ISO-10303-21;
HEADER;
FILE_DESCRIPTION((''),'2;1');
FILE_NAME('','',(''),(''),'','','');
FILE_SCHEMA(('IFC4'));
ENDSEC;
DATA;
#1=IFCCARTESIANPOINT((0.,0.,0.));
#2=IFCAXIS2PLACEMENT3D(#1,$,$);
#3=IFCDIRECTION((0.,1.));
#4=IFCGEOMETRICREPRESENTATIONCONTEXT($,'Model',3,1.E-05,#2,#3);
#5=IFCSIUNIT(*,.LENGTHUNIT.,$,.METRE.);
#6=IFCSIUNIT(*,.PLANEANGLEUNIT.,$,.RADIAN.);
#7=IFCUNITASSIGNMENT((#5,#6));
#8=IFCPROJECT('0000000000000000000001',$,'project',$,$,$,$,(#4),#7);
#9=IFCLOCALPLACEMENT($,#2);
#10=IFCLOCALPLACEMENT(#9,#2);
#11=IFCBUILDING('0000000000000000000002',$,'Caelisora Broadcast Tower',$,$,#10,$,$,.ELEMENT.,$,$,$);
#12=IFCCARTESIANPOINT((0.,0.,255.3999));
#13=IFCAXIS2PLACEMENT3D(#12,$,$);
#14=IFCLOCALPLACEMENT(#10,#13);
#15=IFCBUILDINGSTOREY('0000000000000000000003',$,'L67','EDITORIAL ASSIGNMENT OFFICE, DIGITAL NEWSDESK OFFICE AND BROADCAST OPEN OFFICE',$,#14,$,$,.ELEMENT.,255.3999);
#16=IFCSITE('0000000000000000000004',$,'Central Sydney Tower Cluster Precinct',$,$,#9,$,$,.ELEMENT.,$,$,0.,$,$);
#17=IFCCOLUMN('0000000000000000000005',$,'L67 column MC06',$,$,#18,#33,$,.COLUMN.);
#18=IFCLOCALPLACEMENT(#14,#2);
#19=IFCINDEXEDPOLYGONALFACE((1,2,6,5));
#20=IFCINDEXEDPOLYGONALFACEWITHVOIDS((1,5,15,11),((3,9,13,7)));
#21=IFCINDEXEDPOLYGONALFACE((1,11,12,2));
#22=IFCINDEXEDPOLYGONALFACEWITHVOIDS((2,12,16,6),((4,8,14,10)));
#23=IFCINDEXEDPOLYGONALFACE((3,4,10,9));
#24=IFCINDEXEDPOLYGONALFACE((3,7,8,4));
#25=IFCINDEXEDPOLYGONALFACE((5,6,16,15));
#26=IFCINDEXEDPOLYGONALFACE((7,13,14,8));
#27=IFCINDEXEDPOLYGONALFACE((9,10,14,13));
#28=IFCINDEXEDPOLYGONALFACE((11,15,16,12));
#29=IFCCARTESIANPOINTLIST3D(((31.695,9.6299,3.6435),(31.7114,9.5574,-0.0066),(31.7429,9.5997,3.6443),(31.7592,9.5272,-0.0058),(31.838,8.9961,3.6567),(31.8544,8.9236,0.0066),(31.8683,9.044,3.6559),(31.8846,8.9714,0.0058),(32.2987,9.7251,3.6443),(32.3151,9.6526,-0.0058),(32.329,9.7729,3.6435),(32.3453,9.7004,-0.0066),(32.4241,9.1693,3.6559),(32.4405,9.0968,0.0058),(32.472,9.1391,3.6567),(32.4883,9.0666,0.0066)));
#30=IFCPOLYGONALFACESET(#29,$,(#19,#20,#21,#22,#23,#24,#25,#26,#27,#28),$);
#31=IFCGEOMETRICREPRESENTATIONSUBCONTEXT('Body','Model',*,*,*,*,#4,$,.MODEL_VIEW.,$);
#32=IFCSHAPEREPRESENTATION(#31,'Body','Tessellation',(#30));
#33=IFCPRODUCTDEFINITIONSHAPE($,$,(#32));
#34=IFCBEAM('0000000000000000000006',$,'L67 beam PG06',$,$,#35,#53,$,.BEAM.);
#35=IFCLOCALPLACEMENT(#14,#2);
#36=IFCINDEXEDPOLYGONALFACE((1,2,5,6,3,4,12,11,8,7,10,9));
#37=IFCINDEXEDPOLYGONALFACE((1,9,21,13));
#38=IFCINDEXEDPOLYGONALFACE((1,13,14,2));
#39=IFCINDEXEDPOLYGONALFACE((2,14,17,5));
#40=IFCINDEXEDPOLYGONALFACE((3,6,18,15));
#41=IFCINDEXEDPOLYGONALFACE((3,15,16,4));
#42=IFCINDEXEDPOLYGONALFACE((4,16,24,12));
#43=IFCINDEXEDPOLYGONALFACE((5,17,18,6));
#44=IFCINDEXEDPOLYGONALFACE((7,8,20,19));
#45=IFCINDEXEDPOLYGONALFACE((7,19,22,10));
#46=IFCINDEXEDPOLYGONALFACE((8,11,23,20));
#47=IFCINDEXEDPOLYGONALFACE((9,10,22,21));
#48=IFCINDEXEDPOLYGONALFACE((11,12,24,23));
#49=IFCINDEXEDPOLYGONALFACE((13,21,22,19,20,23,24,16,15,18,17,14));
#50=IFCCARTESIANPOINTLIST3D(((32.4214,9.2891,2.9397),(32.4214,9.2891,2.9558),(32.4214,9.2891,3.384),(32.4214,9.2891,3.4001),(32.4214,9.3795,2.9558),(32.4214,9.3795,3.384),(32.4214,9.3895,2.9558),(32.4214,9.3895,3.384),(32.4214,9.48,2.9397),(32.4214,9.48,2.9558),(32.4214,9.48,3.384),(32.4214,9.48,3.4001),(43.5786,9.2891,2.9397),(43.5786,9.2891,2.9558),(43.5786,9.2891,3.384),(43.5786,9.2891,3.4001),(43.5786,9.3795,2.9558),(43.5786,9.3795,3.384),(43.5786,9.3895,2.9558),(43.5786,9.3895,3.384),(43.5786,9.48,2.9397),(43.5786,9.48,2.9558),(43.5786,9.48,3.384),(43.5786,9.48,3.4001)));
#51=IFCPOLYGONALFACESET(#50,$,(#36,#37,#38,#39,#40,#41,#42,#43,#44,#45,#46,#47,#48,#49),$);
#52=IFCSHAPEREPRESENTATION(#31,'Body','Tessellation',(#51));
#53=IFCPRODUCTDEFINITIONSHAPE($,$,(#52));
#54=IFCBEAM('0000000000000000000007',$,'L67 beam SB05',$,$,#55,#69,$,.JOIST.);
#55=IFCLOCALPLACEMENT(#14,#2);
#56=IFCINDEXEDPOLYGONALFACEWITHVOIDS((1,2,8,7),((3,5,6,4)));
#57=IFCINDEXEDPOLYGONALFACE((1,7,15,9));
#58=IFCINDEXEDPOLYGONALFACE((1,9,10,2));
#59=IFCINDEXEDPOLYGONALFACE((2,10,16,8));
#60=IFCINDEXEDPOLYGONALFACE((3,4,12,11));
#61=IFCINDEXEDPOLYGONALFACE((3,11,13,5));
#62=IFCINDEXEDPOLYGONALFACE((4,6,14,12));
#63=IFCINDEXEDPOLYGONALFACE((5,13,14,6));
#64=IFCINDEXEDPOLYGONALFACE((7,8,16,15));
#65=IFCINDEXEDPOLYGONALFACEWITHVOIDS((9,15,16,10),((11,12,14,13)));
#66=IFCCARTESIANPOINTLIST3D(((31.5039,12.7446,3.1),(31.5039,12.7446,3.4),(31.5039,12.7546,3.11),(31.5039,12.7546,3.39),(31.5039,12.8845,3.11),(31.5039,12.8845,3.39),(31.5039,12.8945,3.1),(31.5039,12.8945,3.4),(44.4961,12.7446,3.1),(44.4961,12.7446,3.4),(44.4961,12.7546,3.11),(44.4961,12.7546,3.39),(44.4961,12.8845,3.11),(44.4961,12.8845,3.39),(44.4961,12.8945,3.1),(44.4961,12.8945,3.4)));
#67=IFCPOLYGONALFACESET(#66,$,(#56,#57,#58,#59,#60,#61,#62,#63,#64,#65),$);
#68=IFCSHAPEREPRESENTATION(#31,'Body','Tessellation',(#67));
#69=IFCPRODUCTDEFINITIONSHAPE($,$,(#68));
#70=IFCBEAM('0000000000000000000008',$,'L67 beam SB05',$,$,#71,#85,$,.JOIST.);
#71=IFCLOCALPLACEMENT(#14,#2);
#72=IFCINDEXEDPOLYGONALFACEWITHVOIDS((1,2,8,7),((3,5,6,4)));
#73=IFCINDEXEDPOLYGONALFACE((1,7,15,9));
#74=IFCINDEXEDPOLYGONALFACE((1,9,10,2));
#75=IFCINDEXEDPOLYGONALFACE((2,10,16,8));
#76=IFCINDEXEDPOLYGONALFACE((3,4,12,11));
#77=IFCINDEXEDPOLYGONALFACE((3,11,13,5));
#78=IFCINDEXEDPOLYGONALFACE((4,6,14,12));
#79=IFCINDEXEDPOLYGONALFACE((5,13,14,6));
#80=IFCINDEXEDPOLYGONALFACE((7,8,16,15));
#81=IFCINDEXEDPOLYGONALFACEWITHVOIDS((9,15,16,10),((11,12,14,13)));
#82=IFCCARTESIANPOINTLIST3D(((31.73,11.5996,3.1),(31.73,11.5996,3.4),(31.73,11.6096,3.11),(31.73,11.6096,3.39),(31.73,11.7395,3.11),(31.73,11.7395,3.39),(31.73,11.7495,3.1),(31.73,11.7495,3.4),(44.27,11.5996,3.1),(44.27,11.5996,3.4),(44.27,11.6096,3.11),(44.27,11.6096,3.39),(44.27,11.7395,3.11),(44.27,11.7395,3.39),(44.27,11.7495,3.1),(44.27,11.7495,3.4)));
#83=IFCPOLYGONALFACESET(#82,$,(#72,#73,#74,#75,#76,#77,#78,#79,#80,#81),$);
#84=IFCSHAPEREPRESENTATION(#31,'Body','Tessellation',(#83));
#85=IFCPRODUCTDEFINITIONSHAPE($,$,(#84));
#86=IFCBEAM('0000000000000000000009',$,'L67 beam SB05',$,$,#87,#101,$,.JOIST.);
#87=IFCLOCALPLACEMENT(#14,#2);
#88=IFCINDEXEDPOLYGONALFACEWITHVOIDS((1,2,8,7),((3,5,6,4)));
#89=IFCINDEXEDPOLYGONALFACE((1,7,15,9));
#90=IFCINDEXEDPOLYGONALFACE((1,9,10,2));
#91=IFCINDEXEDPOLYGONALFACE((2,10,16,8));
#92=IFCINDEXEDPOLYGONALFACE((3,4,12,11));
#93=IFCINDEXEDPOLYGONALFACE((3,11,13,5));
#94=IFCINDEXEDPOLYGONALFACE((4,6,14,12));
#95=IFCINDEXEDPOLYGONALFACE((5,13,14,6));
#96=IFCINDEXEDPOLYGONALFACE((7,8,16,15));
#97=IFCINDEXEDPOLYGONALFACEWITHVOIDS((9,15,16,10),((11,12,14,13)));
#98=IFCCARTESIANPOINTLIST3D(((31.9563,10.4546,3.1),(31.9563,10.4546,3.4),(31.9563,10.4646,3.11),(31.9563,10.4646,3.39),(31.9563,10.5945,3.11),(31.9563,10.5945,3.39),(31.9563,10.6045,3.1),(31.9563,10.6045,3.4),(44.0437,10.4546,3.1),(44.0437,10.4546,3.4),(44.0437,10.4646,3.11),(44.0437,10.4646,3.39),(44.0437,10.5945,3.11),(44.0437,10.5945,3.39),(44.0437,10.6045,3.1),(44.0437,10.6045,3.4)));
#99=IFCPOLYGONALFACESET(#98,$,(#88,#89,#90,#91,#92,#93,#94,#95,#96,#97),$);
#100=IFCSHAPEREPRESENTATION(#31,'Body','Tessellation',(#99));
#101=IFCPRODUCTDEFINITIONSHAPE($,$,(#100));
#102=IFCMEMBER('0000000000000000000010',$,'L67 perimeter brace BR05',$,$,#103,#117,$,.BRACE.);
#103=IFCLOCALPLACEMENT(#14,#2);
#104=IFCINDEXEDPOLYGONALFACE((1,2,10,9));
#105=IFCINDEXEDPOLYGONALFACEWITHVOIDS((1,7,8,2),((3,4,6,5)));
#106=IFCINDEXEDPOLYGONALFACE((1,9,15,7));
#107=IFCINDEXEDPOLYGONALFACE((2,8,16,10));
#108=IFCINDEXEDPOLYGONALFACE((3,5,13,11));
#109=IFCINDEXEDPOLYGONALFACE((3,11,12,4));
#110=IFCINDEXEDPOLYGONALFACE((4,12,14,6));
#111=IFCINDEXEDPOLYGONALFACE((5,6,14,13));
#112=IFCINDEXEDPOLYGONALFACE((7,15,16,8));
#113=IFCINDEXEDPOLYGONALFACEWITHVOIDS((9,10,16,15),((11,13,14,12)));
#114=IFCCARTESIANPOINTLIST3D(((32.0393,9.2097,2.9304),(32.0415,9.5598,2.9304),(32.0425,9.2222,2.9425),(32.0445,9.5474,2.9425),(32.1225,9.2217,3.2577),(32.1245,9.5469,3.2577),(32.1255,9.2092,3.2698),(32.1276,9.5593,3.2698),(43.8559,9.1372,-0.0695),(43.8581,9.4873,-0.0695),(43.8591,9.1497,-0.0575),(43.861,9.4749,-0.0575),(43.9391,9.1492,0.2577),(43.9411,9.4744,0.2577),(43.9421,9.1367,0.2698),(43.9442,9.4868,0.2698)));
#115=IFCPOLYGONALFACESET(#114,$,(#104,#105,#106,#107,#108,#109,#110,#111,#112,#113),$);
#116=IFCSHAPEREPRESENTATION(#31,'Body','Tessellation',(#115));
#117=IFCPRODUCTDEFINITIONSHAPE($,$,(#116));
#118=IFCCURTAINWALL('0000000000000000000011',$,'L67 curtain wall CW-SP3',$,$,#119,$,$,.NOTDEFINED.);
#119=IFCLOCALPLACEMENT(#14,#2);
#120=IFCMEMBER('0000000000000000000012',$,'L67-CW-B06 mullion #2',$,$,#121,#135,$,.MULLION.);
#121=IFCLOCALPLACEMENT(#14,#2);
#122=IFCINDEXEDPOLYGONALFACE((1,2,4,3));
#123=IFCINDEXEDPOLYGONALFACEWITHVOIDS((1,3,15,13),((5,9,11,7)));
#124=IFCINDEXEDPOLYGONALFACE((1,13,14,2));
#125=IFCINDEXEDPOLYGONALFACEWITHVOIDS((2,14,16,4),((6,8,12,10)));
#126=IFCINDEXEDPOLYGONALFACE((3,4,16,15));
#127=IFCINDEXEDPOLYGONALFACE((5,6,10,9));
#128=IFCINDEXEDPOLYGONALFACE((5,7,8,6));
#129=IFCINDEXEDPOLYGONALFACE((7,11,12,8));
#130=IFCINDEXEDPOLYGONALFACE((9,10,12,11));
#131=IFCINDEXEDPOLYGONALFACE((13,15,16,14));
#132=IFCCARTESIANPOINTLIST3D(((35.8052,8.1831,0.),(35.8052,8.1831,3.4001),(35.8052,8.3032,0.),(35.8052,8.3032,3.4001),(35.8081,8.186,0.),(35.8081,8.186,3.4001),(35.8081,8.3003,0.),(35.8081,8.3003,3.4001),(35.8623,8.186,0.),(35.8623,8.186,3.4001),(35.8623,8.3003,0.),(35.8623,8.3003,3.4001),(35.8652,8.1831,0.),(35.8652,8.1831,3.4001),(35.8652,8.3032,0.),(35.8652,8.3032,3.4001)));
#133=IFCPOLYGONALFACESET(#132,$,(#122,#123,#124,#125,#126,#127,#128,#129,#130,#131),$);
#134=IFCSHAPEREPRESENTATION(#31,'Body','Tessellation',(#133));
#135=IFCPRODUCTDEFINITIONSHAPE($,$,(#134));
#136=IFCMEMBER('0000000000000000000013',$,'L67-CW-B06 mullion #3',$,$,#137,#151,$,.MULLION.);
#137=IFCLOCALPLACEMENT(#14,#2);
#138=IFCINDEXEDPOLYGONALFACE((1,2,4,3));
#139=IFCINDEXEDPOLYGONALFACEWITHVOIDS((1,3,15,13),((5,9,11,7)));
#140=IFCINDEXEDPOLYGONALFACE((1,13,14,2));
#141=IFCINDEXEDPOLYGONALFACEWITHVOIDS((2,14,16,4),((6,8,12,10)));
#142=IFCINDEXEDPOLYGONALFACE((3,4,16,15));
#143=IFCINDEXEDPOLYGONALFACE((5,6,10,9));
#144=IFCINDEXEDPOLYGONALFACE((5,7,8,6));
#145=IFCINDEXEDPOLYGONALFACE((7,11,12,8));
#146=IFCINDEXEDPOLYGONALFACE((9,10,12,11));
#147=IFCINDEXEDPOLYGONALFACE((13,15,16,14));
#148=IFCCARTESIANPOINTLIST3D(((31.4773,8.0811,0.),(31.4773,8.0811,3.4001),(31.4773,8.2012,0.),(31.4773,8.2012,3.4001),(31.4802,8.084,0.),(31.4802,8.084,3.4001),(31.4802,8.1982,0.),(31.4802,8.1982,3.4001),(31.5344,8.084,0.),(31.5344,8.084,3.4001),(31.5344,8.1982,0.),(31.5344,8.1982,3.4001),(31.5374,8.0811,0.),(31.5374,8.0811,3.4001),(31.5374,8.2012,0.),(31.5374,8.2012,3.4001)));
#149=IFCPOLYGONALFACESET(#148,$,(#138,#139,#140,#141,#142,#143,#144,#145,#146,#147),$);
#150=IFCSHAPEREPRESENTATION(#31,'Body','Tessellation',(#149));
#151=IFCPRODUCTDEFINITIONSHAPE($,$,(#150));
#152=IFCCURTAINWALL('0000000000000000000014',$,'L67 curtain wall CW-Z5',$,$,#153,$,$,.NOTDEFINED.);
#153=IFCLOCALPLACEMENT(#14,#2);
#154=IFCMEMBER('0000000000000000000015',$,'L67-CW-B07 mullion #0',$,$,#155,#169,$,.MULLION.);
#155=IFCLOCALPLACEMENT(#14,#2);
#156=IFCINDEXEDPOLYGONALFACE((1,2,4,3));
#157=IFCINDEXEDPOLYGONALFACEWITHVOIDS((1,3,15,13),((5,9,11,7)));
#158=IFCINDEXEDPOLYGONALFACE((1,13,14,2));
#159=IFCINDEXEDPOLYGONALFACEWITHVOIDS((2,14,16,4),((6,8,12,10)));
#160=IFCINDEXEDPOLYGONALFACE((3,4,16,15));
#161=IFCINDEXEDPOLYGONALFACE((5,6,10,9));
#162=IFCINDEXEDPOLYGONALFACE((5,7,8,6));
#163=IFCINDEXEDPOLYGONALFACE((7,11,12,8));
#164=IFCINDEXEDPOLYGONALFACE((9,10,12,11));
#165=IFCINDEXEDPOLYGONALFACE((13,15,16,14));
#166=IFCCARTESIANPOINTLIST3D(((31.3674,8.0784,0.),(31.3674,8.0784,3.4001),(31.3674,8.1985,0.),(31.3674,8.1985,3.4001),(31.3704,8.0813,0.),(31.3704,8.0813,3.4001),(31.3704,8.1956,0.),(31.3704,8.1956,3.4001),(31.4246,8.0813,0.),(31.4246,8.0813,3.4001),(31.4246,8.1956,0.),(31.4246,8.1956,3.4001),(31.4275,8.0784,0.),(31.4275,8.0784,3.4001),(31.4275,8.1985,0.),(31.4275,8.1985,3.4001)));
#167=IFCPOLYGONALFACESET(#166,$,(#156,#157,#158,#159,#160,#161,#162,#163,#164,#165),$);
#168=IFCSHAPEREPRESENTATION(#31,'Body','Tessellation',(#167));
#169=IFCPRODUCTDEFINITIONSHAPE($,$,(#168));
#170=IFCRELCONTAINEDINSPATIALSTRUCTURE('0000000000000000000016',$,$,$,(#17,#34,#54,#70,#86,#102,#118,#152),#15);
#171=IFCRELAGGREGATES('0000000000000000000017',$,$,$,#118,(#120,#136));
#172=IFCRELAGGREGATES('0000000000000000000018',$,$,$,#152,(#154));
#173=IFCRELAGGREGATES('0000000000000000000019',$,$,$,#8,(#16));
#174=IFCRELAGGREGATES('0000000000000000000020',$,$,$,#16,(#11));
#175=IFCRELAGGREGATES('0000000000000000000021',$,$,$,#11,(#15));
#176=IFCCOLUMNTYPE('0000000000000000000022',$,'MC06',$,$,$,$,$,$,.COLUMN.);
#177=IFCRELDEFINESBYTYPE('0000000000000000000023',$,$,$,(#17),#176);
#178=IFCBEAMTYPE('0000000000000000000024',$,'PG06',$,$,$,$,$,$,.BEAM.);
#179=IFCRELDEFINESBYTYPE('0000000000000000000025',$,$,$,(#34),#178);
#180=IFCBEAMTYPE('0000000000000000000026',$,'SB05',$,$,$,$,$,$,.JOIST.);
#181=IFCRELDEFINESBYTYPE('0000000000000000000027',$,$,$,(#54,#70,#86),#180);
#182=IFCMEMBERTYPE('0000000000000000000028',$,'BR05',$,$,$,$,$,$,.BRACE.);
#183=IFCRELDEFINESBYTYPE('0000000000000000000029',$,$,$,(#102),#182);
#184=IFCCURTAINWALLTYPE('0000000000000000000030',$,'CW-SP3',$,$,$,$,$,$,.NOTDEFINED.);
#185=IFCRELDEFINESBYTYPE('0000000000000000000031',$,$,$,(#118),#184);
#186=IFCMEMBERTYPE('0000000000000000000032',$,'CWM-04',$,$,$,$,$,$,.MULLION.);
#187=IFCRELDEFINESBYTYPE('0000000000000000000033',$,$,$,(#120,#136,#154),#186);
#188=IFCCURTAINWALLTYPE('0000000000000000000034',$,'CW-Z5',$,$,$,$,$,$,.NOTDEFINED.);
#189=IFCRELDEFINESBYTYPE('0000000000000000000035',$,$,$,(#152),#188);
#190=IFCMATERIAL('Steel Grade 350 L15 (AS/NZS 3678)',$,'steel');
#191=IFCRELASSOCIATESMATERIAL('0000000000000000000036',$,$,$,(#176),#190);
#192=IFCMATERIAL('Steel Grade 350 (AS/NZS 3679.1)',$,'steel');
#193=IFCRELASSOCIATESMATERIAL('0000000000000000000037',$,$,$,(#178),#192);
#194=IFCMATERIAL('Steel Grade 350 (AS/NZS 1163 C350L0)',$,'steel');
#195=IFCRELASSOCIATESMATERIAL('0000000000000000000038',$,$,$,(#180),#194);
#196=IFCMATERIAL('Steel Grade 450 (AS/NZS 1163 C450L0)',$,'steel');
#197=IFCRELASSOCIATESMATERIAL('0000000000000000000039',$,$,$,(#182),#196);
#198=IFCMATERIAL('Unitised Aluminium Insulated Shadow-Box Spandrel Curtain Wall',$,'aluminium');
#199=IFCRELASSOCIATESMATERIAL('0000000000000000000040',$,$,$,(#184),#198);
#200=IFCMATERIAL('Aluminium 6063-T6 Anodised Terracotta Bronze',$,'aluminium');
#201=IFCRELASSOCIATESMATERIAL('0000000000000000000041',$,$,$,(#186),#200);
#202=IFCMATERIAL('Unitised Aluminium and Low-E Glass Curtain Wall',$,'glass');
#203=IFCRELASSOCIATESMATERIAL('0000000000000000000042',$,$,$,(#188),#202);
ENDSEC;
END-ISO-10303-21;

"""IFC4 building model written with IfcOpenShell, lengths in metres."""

from ifc_helpers import new_model, si_unit, direction, frame, origin, origin_2d, place, context, subcontext, project, spatial, hollow_rectangle, i_section, extrude, source, transform, mapped, material, material_profile, profile_set, type_object, type_shapes, element, aggregate, save


model = new_model("IFC4")

# Units and contexts
model_context = context("Model", 3, precision=1e-05, world=origin(), true_north=direction((0.0, 1.0)))
body_context = subcontext(model_context, "Body", "Model", "MODEL_VIEW")
ifc_project = project(units=[si_unit("LENGTHUNIT", "METRE"), si_unit("PLANEANGLEUNIT", "RADIAN")], contexts=[model_context])

# Site, building, storey
site_placement = place(None, origin())
site = spatial("IfcSite", under=ifc_project, at=site_placement, Name="Central Sydney Tower Cluster Precinct", CompositionType="ELEMENT", RefElevation=0.0)
building_placement = place(site_placement, origin())
building = spatial("IfcBuilding", under=site, at=building_placement, Name="Caelisora Broadcast Tower", CompositionType="ELEMENT")
storey_placement = place(building_placement, frame((0.0, 0.0, 255.3999)))
storey = spatial("IfcBuildingStorey", under=building, at=storey_placement, Name="L67", Description="EDITORIAL ASSIGNMENT OFFICE, DIGITAL NEWSDESK OFFICE AND BROADCAST OPEN OFFICE", CompositionType="ELEMENT", Elevation=255.3999)

# Column
ifc_material_1 = material(Name="Steel Grade 350 L15 (AS/NZS 3678)", Category="steel")
ifc_material_profile_1 = material_profile(ifc_material_1, hollow_rectangle(XDim=0.6499, YDim=0.6499, WallThickness=0.04, at=origin_2d()), Name="Steel Grade 350 L15 (AS/NZS 3678)")
ifc_profile_set_1 = profile_set([ifc_material_profile_1], Name="Steel Grade 350 L15 (AS/NZS 3678)")
column_type = type_object("IfcColumnType", Name="MC06", PredefinedType="COLUMN", material=ifc_profile_set_1)
shared_shape_1 = source(origin(), body_context, "Body", "SweptSolid", [
    extrude(hollow_rectangle(XDim=0.6499, YDim=0.6499, WallThickness=0.04, at=origin_2d()), origin(), (0.0, 0.0, 1.0), 3.6509),
])
type_shapes(column_type, [shared_shape_1])
column_placement = place(storey_placement, frame((32.0999, 9.312, 0.0), z_axis=(-0.00448, 0.019861, 0.999793), x_axis=(-0.975487, -0.220059, 0.0)))
element("IfcColumn", 1, at=column_placement, inside=storey, type_object=column_type, Name="L67 column MC06", PredefinedType="COLUMN", context=body_context, shape_type="MappedRepresentation", body=[
    mapped(shared_shape_1, transform((0.0, 0.0, 0.0), scale=1.0)),
])

# Beams
ifc_material_2 = material(Name="Steel Grade 350 (AS/NZS 3679.1)", Category="steel")
ifc_material_profile_2 = material_profile(ifc_material_2, i_section(OverallWidth=0.1909, OverallDepth=0.4604, WebThickness=0.01, FlangeThickness=0.0161, at=origin_2d()), Name="Steel Grade 350 (AS/NZS 3679.1)")
ifc_profile_set_2 = profile_set([ifc_material_profile_2], Name="Steel Grade 350 (AS/NZS 3679.1)")
beam_type_1 = type_object("IfcBeamType", Name="PG06", PredefinedType="BEAM", material=ifc_profile_set_2)
shared_shape_2 = source(origin(), body_context, "Body", "SweptSolid", [
    extrude(i_section(OverallWidth=0.1909, OverallDepth=0.4604, WebThickness=0.01, FlangeThickness=0.0161, at=origin_2d()), origin(), (0.0, 0.0, 1.0), 11.1572),
])
type_shapes(beam_type_1, [shared_shape_2])
beam_1_placement = place(storey_placement, frame((32.4214, 9.3845, 3.1699), z_axis=(1.0, 0.0, 0.0), x_axis=(0.0, 1.0, 0.0)))
element("IfcBeam", 2, at=beam_1_placement, inside=storey, type_object=beam_type_1, Name="L67 beam PG06", PredefinedType="BEAM", context=body_context, shape_type="MappedRepresentation", body=[
    mapped(shared_shape_2, transform((0.0, 0.0, 0.0), scale=1.0)),
])
ifc_material_3 = material(Name="Steel Grade 350 (AS/NZS 1163 C350L0)", Category="steel")
ifc_material_profile_3 = material_profile(ifc_material_3, hollow_rectangle(XDim=0.1499, YDim=0.3, WallThickness=0.01, at=origin_2d()), Name="Steel Grade 350 (AS/NZS 1163 C350L0)")
ifc_profile_set_3 = profile_set([ifc_material_profile_3], Name="Steel Grade 350 (AS/NZS 1163 C350L0)")
beam_type_2 = type_object("IfcBeamType", Name="SB05", PredefinedType="JOIST", material=ifc_profile_set_3)
shared_shape_3 = source(origin(), body_context, "Body", "SweptSolid", [
    extrude(hollow_rectangle(XDim=0.1499, YDim=0.3, WallThickness=0.01, at=origin_2d()), origin(), (0.0, 0.0, 1.0), 12.9922),
])
beam_2_placement = place(storey_placement, frame((31.5039, 12.8196, 3.25), z_axis=(1.0, 0.0, 0.0), x_axis=(0.0, 1.0, 0.0)))
element("IfcBeam", 3, at=beam_2_placement, inside=storey, type_object=beam_type_2, Name="L67 beam SB05", PredefinedType="JOIST", context=body_context, shape_type="MappedRepresentation", body=[
    mapped(shared_shape_3, transform((0.0, 0.0, 0.0), scale=1.0)),
])
shared_shape_4 = source(origin(), body_context, "Body", "SweptSolid", [
    extrude(hollow_rectangle(XDim=0.1499, YDim=0.3, WallThickness=0.01, at=origin_2d()), origin(), (0.0, 0.0, 1.0), 12.54),
])
beam_3_placement = place(storey_placement, frame((31.73, 11.6746, 3.25), z_axis=(1.0, 0.0, 0.0), x_axis=(0.0, 1.0, 0.0)))
element("IfcBeam", 4, at=beam_3_placement, inside=storey, type_object=beam_type_2, Name="L67 beam SB05", PredefinedType="JOIST", context=body_context, shape_type="MappedRepresentation", body=[
    mapped(shared_shape_4, transform((0.0, 0.0, 0.0), scale=1.0)),
])
shared_shape_5 = source(origin(), body_context, "Body", "SweptSolid", [
    extrude(hollow_rectangle(XDim=0.1499, YDim=0.3, WallThickness=0.01, at=origin_2d()), origin(), (0.0, 0.0, 1.0), 12.0874),
])
type_shapes(beam_type_2, [shared_shape_3, shared_shape_4, shared_shape_5])
beam_4_placement = place(storey_placement, frame((31.9563, 10.5295, 3.25), z_axis=(1.0, 0.0, 0.0), x_axis=(0.0, 1.0, 0.0)))
element("IfcBeam", 5, at=beam_4_placement, inside=storey, type_object=beam_type_2, Name="L67 beam SB05", PredefinedType="JOIST", context=body_context, shape_type="MappedRepresentation", body=[
    mapped(shared_shape_5, transform((0.0, 0.0, 0.0), scale=1.0)),
])

# Member
ifc_material_4 = material(Name="Steel Grade 450 (AS/NZS 1163 C450L0)", Category="steel")
ifc_material_profile_4 = material_profile(ifc_material_4, hollow_rectangle(XDim=0.3501, YDim=0.3501, WallThickness=0.0125, at=origin_2d()), Name="Steel Grade 450 (AS/NZS 1163 C450L0)")
ifc_profile_set_4 = profile_set([ifc_material_profile_4], Name="Steel Grade 450 (AS/NZS 1163 C450L0)")
member_type_1 = type_object("IfcMemberType", Name="BR05", PredefinedType="BRACE", material=ifc_profile_set_4)
shared_shape_6 = source(origin(), body_context, "Body", "SweptSolid", [
    extrude(hollow_rectangle(XDim=0.3501, YDim=0.3501, WallThickness=0.0125, at=origin_2d()), origin(), (0.0, 0.0, 1.0), 12.1917),
])
type_shapes(member_type_1, [shared_shape_6])
member_1_placement = place(storey_placement, frame((32.0835, 9.3845, 3.1001), z_axis=(0.969234, -0.005947, -0.246068), x_axis=(0.006136, 0.999981, 0.0)))
element("IfcMember", 6, at=member_1_placement, inside=storey, type_object=member_type_1, Name="L67 perimeter brace BR05", PredefinedType="BRACE", context=body_context, shape_type="MappedRepresentation", body=[
    mapped(shared_shape_6, transform((0.0, 0.0, 0.0), scale=1.0)),
])

# Curtain walls, members
ifc_material_5 = material(Name="Unitised Aluminium Insulated Shadow-Box Spandrel Curtain Wall", Category="aluminium")
curtain_wall_type_1 = type_object("IfcCurtainWallType", Name="CW-SP3", PredefinedType="NOTDEFINED", material=ifc_material_5)
curtain_wall_1_placement = place(storey_placement, origin())
curtain_wall_1 = element("IfcCurtainWall", 7, at=curtain_wall_1_placement, inside=storey, type_object=curtain_wall_type_1, Name="L67 curtain wall CW-SP3", PredefinedType="NOTDEFINED")
ifc_material_6 = material(Name="Aluminium 6063-T6 Anodised Terracotta Bronze", Category="aluminium")
ifc_material_profile_5 = material_profile(ifc_material_6, hollow_rectangle(XDim=0.0601, YDim=0.1201, WallThickness=0.0029, at=origin_2d()), Name="Aluminium 6063-T6 Anodised Terracotta Bronze")
ifc_profile_set_5 = profile_set([ifc_material_profile_5], Name="Aluminium 6063-T6 Anodised Terracotta Bronze")
member_type_2 = type_object("IfcMemberType", Name="CWM-04", PredefinedType="MULLION", material=ifc_profile_set_5)
shared_shape_7 = source(origin(), body_context, "Body", "SweptSolid", [
    extrude(hollow_rectangle(XDim=0.0601, YDim=0.1201, WallThickness=0.0029, at=origin_2d()), origin(), (0.0, 0.0, 1.0), 3.4001),
])
type_shapes(member_type_2, [shared_shape_7])
member_2_placement = place(storey_placement, frame((35.8352, 8.2432, 0.0), z_axis=(0.0, 0.0, 1.0), x_axis=(1.0, 0.0, 0.0)))
member_2 = element("IfcMember", 8, at=member_2_placement, type_object=member_type_2, Name="L67-CW-B06 mullion #2", PredefinedType="MULLION", context=body_context, shape_type="MappedRepresentation", body=[
    mapped(shared_shape_7, transform((0.0, 0.0, 0.0), scale=1.0)),
])
member_3_placement = place(storey_placement, frame((31.5073, 8.1411, 0.0), z_axis=(0.0, 0.0, 1.0), x_axis=(1.0, 0.0, 0.0)))
member_3 = element("IfcMember", 9, at=member_3_placement, type_object=member_type_2, Name="L67-CW-B06 mullion #3", PredefinedType="MULLION", context=body_context, shape_type="MappedRepresentation", body=[
    mapped(shared_shape_7, transform((0.0, 0.0, 0.0), scale=1.0)),
])
ifc_material_7 = material(Name="Unitised Aluminium and Low-E Glass Curtain Wall", Category="glass")
curtain_wall_type_2 = type_object("IfcCurtainWallType", Name="CW-Z5", PredefinedType="NOTDEFINED", material=ifc_material_7)
curtain_wall_2_placement = place(storey_placement, origin())
curtain_wall_2 = element("IfcCurtainWall", 10, at=curtain_wall_2_placement, inside=storey, type_object=curtain_wall_type_2, Name="L67 curtain wall CW-Z5", PredefinedType="NOTDEFINED")
member_4_placement = place(storey_placement, frame((31.3975, 8.1384, 0.0), z_axis=(0.0, 0.0, 1.0), x_axis=(1.0, 0.0, 0.0)))
member_4 = element("IfcMember", 11, at=member_4_placement, type_object=member_type_2, Name="L67-CW-B07 mullion #0", PredefinedType="MULLION", context=body_context, shape_type="MappedRepresentation", body=[
    mapped(shared_shape_7, transform((0.0, 0.0, 0.0), scale=1.0)),
])

aggregate(curtain_wall_1, [member_2, member_3])
aggregate(curtain_wall_2, [member_4])

save(model, "model.ifc")
